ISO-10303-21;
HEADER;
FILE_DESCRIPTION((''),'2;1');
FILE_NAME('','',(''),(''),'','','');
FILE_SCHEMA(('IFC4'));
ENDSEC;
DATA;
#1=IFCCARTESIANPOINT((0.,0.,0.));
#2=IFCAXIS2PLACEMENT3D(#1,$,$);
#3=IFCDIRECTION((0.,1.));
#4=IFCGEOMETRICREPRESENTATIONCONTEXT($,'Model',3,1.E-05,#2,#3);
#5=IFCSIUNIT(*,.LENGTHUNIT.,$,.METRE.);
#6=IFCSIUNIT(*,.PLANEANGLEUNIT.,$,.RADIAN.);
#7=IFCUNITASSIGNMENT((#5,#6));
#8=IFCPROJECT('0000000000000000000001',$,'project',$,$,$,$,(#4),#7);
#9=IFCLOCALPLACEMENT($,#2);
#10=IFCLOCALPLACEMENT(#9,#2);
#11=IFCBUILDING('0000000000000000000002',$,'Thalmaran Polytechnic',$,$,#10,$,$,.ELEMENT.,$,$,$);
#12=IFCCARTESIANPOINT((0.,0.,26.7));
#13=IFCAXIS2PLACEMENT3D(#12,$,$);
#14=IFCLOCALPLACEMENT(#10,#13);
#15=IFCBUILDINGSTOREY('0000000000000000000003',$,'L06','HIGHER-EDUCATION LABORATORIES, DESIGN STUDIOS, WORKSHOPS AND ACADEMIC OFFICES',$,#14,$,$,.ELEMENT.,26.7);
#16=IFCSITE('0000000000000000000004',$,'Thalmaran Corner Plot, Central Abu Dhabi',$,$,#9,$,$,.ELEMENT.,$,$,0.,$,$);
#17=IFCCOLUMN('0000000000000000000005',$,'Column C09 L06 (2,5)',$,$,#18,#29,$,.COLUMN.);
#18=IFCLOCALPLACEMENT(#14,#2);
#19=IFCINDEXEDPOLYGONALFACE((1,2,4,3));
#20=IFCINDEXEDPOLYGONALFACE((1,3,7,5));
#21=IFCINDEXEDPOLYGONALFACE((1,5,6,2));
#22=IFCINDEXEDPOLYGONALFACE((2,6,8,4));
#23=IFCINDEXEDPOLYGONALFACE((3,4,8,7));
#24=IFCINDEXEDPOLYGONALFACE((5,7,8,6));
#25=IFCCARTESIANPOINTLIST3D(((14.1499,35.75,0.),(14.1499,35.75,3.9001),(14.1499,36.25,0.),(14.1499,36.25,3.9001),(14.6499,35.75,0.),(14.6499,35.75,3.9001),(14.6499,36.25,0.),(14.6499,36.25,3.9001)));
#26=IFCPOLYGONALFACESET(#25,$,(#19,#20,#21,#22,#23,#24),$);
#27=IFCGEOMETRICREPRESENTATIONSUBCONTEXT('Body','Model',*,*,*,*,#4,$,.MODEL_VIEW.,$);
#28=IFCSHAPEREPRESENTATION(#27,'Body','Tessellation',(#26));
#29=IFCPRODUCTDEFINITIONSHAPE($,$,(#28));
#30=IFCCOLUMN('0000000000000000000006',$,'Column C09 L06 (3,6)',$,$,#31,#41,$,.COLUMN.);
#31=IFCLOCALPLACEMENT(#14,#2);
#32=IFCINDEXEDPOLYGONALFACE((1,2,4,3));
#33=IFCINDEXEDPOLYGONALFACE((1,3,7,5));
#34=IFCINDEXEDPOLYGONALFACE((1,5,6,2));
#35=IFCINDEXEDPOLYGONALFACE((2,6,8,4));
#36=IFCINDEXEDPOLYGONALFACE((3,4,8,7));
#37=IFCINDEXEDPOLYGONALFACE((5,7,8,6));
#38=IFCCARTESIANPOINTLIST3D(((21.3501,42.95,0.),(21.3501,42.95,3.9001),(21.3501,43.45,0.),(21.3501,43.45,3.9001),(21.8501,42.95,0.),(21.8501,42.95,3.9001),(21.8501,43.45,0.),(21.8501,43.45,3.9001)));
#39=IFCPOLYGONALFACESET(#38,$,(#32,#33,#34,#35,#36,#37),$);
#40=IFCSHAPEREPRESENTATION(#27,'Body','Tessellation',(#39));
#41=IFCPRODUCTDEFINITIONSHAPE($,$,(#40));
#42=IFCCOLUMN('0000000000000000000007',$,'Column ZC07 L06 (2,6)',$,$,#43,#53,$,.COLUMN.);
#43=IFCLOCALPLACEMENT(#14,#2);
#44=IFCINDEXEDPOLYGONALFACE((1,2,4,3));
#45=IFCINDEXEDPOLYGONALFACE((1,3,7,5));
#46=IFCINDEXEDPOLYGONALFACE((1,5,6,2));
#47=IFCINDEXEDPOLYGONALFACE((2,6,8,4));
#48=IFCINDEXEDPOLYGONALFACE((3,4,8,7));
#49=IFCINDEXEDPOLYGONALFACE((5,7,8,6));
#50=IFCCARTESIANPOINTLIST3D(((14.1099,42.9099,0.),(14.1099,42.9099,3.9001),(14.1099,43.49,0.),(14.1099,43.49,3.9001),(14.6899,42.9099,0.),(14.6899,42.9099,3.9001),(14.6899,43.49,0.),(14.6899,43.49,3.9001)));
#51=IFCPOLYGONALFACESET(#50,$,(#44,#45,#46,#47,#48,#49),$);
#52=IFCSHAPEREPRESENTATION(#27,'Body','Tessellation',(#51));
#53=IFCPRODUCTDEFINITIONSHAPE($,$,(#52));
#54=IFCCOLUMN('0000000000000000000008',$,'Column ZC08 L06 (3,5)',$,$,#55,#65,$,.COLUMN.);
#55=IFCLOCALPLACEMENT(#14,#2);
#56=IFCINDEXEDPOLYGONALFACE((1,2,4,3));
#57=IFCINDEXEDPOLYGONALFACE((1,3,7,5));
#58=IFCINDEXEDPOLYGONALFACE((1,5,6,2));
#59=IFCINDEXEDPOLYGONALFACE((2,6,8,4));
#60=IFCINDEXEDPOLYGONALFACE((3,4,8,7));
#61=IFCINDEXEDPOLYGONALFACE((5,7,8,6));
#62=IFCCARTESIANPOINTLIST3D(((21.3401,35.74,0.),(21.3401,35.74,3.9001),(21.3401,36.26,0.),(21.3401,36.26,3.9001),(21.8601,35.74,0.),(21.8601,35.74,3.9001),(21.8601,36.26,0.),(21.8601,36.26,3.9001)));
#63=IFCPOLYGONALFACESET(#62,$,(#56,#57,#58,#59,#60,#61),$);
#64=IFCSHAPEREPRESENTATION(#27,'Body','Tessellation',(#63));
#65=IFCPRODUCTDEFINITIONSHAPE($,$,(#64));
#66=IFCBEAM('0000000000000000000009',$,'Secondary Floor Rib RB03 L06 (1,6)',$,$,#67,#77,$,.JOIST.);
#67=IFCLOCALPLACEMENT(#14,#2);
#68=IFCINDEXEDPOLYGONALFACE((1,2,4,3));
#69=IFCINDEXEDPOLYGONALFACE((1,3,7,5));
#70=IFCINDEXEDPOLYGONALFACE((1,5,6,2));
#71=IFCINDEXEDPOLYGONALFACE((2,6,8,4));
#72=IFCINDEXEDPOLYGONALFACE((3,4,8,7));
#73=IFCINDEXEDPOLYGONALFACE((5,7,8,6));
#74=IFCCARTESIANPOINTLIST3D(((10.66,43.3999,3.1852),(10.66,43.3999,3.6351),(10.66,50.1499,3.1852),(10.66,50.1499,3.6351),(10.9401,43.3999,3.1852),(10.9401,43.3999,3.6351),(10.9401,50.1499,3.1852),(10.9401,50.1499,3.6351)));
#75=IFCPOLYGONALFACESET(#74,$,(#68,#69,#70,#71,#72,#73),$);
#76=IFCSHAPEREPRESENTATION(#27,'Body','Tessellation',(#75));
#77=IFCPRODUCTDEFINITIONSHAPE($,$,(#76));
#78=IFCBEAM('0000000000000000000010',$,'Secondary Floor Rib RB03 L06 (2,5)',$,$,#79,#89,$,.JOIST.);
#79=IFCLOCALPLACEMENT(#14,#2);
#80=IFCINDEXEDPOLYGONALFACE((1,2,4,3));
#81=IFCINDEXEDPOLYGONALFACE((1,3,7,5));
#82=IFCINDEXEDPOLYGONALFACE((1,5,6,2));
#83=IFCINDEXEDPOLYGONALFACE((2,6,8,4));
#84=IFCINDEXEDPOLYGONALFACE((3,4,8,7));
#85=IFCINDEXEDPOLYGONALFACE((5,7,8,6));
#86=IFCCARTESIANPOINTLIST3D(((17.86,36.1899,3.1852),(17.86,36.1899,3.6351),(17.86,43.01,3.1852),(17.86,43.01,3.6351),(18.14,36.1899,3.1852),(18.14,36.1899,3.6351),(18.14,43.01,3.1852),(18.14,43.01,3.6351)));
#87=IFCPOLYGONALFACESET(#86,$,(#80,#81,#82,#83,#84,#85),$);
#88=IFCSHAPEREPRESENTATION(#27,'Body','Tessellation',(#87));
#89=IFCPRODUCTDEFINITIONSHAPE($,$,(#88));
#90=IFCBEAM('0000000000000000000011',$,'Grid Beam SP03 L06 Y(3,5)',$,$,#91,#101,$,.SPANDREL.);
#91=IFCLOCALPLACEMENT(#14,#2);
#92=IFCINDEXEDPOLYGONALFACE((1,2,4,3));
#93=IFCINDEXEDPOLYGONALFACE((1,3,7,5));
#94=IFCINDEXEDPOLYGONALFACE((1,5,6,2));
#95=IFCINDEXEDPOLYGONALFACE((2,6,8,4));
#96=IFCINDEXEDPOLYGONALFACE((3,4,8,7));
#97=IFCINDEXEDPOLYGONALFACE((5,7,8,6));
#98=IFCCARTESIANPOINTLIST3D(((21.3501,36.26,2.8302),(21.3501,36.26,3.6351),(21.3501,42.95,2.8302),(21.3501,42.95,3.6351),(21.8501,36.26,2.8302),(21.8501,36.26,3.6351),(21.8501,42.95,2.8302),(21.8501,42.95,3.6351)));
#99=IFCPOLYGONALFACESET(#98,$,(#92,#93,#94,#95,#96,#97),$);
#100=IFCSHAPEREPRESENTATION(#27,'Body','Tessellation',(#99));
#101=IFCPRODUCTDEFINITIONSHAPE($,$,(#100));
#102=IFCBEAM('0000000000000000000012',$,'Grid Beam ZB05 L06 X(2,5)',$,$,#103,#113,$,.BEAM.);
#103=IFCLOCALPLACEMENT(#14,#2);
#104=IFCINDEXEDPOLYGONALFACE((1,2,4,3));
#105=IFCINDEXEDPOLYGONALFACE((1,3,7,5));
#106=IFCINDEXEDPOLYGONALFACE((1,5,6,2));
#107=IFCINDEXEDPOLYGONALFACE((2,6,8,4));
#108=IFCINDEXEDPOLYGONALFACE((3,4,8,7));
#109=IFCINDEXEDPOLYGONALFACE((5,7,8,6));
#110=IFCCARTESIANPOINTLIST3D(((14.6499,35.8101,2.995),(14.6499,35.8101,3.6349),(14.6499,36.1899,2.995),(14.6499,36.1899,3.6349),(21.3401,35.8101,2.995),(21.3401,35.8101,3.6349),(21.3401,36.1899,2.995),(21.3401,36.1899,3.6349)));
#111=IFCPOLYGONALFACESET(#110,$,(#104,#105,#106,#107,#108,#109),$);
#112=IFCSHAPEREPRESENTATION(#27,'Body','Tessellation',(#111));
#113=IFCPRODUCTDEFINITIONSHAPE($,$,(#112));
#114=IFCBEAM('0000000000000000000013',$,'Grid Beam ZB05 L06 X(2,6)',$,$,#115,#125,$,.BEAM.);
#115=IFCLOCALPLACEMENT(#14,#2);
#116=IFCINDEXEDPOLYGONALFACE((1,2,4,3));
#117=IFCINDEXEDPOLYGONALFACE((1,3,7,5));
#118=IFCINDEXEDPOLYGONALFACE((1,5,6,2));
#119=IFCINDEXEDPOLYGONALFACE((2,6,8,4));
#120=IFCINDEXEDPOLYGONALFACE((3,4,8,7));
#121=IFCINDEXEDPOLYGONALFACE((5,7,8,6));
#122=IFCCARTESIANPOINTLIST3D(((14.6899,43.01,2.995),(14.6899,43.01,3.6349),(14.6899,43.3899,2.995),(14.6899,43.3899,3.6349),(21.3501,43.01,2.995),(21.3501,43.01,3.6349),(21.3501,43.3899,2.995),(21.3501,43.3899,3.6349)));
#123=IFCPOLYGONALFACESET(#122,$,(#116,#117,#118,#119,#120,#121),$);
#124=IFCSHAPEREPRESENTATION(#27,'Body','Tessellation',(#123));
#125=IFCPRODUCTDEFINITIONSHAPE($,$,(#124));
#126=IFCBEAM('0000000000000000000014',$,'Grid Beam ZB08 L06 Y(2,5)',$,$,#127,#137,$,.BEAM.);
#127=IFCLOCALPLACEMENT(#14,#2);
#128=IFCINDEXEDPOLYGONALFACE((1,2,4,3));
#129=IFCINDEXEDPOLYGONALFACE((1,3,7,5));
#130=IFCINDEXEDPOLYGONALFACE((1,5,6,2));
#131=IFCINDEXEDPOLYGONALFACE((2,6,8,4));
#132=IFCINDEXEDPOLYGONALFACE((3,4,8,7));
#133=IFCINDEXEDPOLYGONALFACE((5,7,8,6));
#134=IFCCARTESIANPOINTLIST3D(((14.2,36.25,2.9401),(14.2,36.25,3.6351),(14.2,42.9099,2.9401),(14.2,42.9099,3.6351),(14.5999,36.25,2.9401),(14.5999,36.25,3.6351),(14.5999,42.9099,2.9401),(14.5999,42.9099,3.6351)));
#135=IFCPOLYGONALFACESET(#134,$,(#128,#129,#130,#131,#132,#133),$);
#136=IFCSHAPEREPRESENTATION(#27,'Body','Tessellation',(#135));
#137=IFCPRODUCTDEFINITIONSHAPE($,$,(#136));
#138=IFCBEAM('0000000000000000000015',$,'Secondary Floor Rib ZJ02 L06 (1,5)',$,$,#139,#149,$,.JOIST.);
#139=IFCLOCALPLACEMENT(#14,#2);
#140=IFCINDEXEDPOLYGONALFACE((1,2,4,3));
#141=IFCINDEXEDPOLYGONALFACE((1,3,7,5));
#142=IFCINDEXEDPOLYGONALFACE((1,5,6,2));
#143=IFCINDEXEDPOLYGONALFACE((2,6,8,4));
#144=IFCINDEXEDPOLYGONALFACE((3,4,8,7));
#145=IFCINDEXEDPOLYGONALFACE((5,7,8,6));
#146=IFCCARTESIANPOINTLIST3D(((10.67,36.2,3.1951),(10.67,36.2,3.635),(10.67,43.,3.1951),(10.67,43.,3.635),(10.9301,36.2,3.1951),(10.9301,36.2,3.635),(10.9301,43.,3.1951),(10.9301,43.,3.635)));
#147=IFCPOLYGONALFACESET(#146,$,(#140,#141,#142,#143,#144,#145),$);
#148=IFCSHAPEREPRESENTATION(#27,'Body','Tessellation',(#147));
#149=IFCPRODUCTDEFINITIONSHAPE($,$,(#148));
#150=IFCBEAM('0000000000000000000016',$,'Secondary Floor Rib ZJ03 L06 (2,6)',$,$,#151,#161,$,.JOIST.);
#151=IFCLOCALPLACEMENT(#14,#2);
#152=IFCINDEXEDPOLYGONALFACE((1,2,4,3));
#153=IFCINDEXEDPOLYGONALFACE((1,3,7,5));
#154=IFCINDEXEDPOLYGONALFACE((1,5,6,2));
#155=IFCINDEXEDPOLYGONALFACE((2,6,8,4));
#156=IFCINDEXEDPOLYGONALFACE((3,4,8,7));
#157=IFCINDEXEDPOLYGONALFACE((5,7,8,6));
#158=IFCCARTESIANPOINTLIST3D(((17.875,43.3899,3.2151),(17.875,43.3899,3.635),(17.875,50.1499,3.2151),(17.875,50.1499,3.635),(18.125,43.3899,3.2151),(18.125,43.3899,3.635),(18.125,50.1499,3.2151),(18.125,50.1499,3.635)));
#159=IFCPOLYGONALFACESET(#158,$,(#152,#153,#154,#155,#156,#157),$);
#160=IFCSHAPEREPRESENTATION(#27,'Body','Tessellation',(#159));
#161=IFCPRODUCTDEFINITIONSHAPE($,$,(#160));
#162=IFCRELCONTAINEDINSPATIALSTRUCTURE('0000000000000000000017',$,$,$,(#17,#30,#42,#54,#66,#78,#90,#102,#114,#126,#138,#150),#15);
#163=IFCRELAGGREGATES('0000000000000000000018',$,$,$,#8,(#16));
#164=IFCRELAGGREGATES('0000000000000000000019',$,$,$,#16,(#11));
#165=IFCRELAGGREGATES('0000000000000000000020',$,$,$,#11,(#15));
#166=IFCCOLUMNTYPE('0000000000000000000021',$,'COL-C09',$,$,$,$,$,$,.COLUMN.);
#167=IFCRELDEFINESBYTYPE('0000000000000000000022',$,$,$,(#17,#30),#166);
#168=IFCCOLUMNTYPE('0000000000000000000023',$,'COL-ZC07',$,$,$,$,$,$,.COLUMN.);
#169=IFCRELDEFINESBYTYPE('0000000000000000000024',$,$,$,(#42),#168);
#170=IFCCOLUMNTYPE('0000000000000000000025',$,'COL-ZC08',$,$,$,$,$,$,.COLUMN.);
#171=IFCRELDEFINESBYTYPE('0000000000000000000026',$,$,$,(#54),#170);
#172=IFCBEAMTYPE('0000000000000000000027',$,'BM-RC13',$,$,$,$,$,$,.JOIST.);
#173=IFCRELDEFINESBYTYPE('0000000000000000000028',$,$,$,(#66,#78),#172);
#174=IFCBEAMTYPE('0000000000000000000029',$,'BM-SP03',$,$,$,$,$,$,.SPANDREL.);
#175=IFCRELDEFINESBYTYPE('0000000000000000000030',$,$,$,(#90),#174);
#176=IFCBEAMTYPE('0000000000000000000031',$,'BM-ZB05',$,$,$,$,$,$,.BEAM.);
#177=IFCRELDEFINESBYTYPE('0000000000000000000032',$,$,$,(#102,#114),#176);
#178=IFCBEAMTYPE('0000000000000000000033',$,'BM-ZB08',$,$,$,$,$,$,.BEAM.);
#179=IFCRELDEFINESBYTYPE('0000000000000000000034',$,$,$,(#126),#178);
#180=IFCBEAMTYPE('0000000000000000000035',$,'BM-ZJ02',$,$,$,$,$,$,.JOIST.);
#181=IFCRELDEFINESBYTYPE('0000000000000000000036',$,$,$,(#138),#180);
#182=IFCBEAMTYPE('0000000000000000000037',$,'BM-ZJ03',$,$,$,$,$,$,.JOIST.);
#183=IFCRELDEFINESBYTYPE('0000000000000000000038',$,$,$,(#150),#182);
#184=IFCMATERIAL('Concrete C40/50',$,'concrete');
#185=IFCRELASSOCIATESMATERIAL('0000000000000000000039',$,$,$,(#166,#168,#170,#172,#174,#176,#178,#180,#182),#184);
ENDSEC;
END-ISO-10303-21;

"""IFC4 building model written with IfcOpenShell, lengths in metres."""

from ifc_helpers import new_model, si_unit, direction, frame, origin, origin_2d, place, context, subcontext, project, spatial, rectangle, extrude, material, material_profile, profile_set, type_object, element, save


model = new_model("IFC4")

# Units and contexts
model_context = context("Model", 3, precision=1e-05, world=origin(), true_north=direction((0.0, 1.0)))
body_context = subcontext(model_context, "Body", "Model", "MODEL_VIEW")
ifc_project = project(units=[si_unit("LENGTHUNIT", "METRE"), si_unit("PLANEANGLEUNIT", "RADIAN")], contexts=[model_context])

# Site, building, storey
site_placement = place(None, origin())
site = spatial("IfcSite", under=ifc_project, at=site_placement, Name="Thalmaran Corner Plot, Central Abu Dhabi", CompositionType="ELEMENT", RefElevation=0.0)
building_placement = place(site_placement, origin())
building = spatial("IfcBuilding", under=site, at=building_placement, Name="Thalmaran Polytechnic", CompositionType="ELEMENT")
storey_placement = place(building_placement, frame((0.0, 0.0, 26.7)))
storey = spatial("IfcBuildingStorey", under=building, at=storey_placement, Name="L06", Description="HIGHER-EDUCATION LABORATORIES, DESIGN STUDIOS, WORKSHOPS AND ACADEMIC OFFICES", CompositionType="ELEMENT", Elevation=26.7)

# Columns
ifc_material_1 = material(Name="Concrete C40/50", Category="concrete")
ifc_material_profile_1 = material_profile(ifc_material_1, rectangle(XDim=0.5, YDim=0.5, at=origin_2d()), Name="RC 500x500")
ifc_profile_set_1 = profile_set([ifc_material_profile_1], Name="Concrete C40/50")
column_type_1 = type_object("IfcColumnType", Name="COL-C09", PredefinedType="COLUMN", material=ifc_profile_set_1)
for number, where, z_axis, x_axis, name in (
    (1, (14.3999, 36.0, 0.0), (0.0, 0.0, 1.0), (1.0, 0.0, 0.0), "Column C09 L06 (2,5)"),
    (2, (21.6001, 43.2, 0.0), (0.0, 0.0, 1.0), (1.0, 0.0, 0.0), "Column C09 L06 (3,6)"),
):
    element("IfcColumn", number, at=place(storey_placement, frame(where, z_axis=z_axis, x_axis=x_axis)), inside=storey, type_object=column_type_1, Name=name, PredefinedType="COLUMN", context=body_context, shape_type="SweptSolid", body=[
        extrude(rectangle(XDim=0.5, YDim=0.5, at=origin_2d()), origin(), (0.0, 0.0, 1.0), 3.9001),
    ])
ifc_material_profile_2 = material_profile(ifc_material_1, rectangle(XDim=0.5801, YDim=0.5801, at=origin_2d()), Name="RC 580x580")
ifc_profile_set_2 = profile_set([ifc_material_profile_2], Name="Concrete C40/50")
column_type_2 = type_object("IfcColumnType", Name="COL-ZC07", PredefinedType="COLUMN", material=ifc_profile_set_2)
column_1_placement = place(storey_placement, frame((14.3999, 43.2, 0.0), z_axis=(0.0, 0.0, 1.0), x_axis=(1.0, 0.0, 0.0)))
element("IfcColumn", 3, at=column_1_placement, inside=storey, type_object=column_type_2, Name="Column ZC07 L06 (2,6)", PredefinedType="COLUMN", context=body_context, shape_type="SweptSolid", body=[
    extrude(rectangle(XDim=0.5801, YDim=0.5801, at=origin_2d()), origin(), (0.0, 0.0, 1.0), 3.9001),
])
ifc_material_profile_3 = material_profile(ifc_material_1, rectangle(XDim=0.52, YDim=0.52, at=origin_2d()), Name="RC 520x520")
ifc_profile_set_3 = profile_set([ifc_material_profile_3], Name="Concrete C40/50")
column_type_3 = type_object("IfcColumnType", Name="COL-ZC08", PredefinedType="COLUMN", material=ifc_profile_set_3)
column_2_placement = place(storey_placement, frame((21.6001, 36.0, 0.0), z_axis=(0.0, 0.0, 1.0), x_axis=(1.0, 0.0, 0.0)))
element("IfcColumn", 4, at=column_2_placement, inside=storey, type_object=column_type_3, Name="Column ZC08 L06 (3,5)", PredefinedType="COLUMN", context=body_context, shape_type="SweptSolid", body=[
    extrude(rectangle(XDim=0.52, YDim=0.52, at=origin_2d()), origin(), (0.0, 0.0, 1.0), 3.9001),
])

# Beams
ifc_material_profile_4 = material_profile(ifc_material_1, rectangle(XDim=0.28, YDim=0.45, at=origin_2d()), Name="RC 280x450")
ifc_profile_set_4 = profile_set([ifc_material_profile_4], Name="Concrete C40/50")
beam_type_1 = type_object("IfcBeamType", Name="BM-RC13", PredefinedType="JOIST", material=ifc_profile_set_4)
beam_1_placement = place(storey_placement, frame((10.8, 43.3999, 3.4102), z_axis=(0.0, 1.0, 0.0), x_axis=(-1.0, 0.0, 0.0)))
element("IfcBeam", 5, at=beam_1_placement, inside=storey, type_object=beam_type_1, Name="Secondary Floor Rib RB03 L06 (1,6)", PredefinedType="JOIST", context=body_context, shape_type="SweptSolid", body=[
    extrude(rectangle(XDim=0.28, YDim=0.45, at=origin_2d()), origin(), (0.0, 0.0, 1.0), 6.75),
])
beam_2_placement = place(storey_placement, frame((18.0, 36.1899, 3.4102), z_axis=(0.0, 1.0, 0.0), x_axis=(-1.0, 0.0, 0.0)))
element("IfcBeam", 6, at=beam_2_placement, inside=storey, type_object=beam_type_1, Name="Secondary Floor Rib RB03 L06 (2,5)", PredefinedType="JOIST", context=body_context, shape_type="SweptSolid", body=[
    extrude(rectangle(XDim=0.28, YDim=0.45, at=origin_2d()), origin(), (0.0, 0.0, 1.0), 6.8201),
])
ifc_material_profile_5 = material_profile(ifc_material_1, rectangle(XDim=0.5, YDim=0.8049, at=origin_2d()), Name="RC 500x805")
ifc_profile_set_5 = profile_set([ifc_material_profile_5], Name="Concrete C40/50")
beam_type_2 = type_object("IfcBeamType", Name="BM-SP03", PredefinedType="SPANDREL", material=ifc_profile_set_5)
beam_3_placement = place(storey_placement, frame((21.6001, 36.26, 3.2327), z_axis=(0.0, 1.0, 0.0), x_axis=(-1.0, 0.0, 0.0)))
element("IfcBeam", 7, at=beam_3_placement, inside=storey, type_object=beam_type_2, Name="Grid Beam SP03 L06 Y(3,5)", PredefinedType="SPANDREL", context=body_context, shape_type="SweptSolid", body=[
    extrude(rectangle(XDim=0.5, YDim=0.8049, at=origin_2d()), origin(), (0.0, 0.0, 1.0), 6.6899),
])
ifc_material_profile_6 = material_profile(ifc_material_1, rectangle(XDim=0.3799, YDim=0.6399, at=origin_2d()), Name="RC 380x640")
ifc_profile_set_6 = profile_set([ifc_material_profile_6], Name="Concrete C40/50")
beam_type_3 = type_object("IfcBeamType", Name="BM-ZB05", PredefinedType="BEAM", material=ifc_profile_set_6)
beam_4_placement = place(storey_placement, frame((14.6499, 36.0, 3.3149), z_axis=(1.0, 0.0, 0.0), x_axis=(0.0, 1.0, 0.0)))
element("IfcBeam", 8, at=beam_4_placement, inside=storey, type_object=beam_type_3, Name="Grid Beam ZB05 L06 X(2,5)", PredefinedType="BEAM", context=body_context, shape_type="SweptSolid", body=[
    extrude(rectangle(XDim=0.3799, YDim=0.6399, at=origin_2d()), origin(), (0.0, 0.0, 1.0), 6.6902),
])
beam_5_placement = place(storey_placement, frame((14.6899, 43.2, 3.3149), z_axis=(1.0, 0.0, 0.0), x_axis=(0.0, 1.0, 0.0)))
element("IfcBeam", 9, at=beam_5_placement, inside=storey, type_object=beam_type_3, Name="Grid Beam ZB05 L06 X(2,6)", PredefinedType="BEAM", context=body_context, shape_type="SweptSolid", body=[
    extrude(rectangle(XDim=0.3799, YDim=0.6399, at=origin_2d()), origin(), (0.0, 0.0, 1.0), 6.6602),
])
ifc_material_profile_7 = material_profile(ifc_material_1, rectangle(XDim=0.3999, YDim=0.6951, at=origin_2d()), Name="RC 400x695")
ifc_profile_set_7 = profile_set([ifc_material_profile_7], Name="Concrete C40/50")
beam_type_4 = type_object("IfcBeamType", Name="BM-ZB08", PredefinedType="BEAM", material=ifc_profile_set_7)
beam_6_placement = place(storey_placement, frame((14.3999, 36.25, 3.2876), z_axis=(0.0, 1.0, 0.0), x_axis=(-1.0, 0.0, 0.0)))
element("IfcBeam", 10, at=beam_6_placement, inside=storey, type_object=beam_type_4, Name="Grid Beam ZB08 L06 Y(2,5)", PredefinedType="BEAM", context=body_context, shape_type="SweptSolid", body=[
    extrude(rectangle(XDim=0.3999, YDim=0.6951, at=origin_2d()), origin(), (0.0, 0.0, 1.0), 6.6599),
])
ifc_material_profile_8 = material_profile(ifc_material_1, rectangle(XDim=0.26, YDim=0.4399, at=origin_2d()), Name="RC 260x440")
ifc_profile_set_8 = profile_set([ifc_material_profile_8], Name="Concrete C40/50")
beam_type_5 = type_object("IfcBeamType", Name="BM-ZJ02", PredefinedType="JOIST", material=ifc_profile_set_8)
beam_7_placement = place(storey_placement, frame((10.8, 36.2, 3.415), z_axis=(0.0, 1.0, 0.0), x_axis=(-1.0, 0.0, 0.0)))
element("IfcBeam", 11, at=beam_7_placement, inside=storey, type_object=beam_type_5, Name="Secondary Floor Rib ZJ02 L06 (1,5)", PredefinedType="JOIST", context=body_context, shape_type="SweptSolid", body=[
    extrude(rectangle(XDim=0.26, YDim=0.4399, at=origin_2d()), origin(), (0.0, 0.0, 1.0), 6.8),
])
ifc_material_profile_9 = material_profile(ifc_material_1, rectangle(XDim=0.25, YDim=0.4199, at=origin_2d()), Name="RC 250x420")
ifc_profile_set_9 = profile_set([ifc_material_profile_9], Name="Concrete C40/50")
beam_type_6 = type_object("IfcBeamType", Name="BM-ZJ03", PredefinedType="JOIST", material=ifc_profile_set_9)
beam_8_placement = place(storey_placement, frame((18.0, 43.3899, 3.425), z_axis=(0.0, 1.0, 0.0), x_axis=(-1.0, 0.0, 0.0)))
element("IfcBeam", 12, at=beam_8_placement, inside=storey, type_object=beam_type_6, Name="Secondary Floor Rib ZJ03 L06 (2,6)", PredefinedType="JOIST", context=body_context, shape_type="SweptSolid", body=[
    extrude(rectangle(XDim=0.25, YDim=0.4199, at=origin_2d()), origin(), (0.0, 0.0, 1.0), 6.76),
])

save(model, "model.ifc")
